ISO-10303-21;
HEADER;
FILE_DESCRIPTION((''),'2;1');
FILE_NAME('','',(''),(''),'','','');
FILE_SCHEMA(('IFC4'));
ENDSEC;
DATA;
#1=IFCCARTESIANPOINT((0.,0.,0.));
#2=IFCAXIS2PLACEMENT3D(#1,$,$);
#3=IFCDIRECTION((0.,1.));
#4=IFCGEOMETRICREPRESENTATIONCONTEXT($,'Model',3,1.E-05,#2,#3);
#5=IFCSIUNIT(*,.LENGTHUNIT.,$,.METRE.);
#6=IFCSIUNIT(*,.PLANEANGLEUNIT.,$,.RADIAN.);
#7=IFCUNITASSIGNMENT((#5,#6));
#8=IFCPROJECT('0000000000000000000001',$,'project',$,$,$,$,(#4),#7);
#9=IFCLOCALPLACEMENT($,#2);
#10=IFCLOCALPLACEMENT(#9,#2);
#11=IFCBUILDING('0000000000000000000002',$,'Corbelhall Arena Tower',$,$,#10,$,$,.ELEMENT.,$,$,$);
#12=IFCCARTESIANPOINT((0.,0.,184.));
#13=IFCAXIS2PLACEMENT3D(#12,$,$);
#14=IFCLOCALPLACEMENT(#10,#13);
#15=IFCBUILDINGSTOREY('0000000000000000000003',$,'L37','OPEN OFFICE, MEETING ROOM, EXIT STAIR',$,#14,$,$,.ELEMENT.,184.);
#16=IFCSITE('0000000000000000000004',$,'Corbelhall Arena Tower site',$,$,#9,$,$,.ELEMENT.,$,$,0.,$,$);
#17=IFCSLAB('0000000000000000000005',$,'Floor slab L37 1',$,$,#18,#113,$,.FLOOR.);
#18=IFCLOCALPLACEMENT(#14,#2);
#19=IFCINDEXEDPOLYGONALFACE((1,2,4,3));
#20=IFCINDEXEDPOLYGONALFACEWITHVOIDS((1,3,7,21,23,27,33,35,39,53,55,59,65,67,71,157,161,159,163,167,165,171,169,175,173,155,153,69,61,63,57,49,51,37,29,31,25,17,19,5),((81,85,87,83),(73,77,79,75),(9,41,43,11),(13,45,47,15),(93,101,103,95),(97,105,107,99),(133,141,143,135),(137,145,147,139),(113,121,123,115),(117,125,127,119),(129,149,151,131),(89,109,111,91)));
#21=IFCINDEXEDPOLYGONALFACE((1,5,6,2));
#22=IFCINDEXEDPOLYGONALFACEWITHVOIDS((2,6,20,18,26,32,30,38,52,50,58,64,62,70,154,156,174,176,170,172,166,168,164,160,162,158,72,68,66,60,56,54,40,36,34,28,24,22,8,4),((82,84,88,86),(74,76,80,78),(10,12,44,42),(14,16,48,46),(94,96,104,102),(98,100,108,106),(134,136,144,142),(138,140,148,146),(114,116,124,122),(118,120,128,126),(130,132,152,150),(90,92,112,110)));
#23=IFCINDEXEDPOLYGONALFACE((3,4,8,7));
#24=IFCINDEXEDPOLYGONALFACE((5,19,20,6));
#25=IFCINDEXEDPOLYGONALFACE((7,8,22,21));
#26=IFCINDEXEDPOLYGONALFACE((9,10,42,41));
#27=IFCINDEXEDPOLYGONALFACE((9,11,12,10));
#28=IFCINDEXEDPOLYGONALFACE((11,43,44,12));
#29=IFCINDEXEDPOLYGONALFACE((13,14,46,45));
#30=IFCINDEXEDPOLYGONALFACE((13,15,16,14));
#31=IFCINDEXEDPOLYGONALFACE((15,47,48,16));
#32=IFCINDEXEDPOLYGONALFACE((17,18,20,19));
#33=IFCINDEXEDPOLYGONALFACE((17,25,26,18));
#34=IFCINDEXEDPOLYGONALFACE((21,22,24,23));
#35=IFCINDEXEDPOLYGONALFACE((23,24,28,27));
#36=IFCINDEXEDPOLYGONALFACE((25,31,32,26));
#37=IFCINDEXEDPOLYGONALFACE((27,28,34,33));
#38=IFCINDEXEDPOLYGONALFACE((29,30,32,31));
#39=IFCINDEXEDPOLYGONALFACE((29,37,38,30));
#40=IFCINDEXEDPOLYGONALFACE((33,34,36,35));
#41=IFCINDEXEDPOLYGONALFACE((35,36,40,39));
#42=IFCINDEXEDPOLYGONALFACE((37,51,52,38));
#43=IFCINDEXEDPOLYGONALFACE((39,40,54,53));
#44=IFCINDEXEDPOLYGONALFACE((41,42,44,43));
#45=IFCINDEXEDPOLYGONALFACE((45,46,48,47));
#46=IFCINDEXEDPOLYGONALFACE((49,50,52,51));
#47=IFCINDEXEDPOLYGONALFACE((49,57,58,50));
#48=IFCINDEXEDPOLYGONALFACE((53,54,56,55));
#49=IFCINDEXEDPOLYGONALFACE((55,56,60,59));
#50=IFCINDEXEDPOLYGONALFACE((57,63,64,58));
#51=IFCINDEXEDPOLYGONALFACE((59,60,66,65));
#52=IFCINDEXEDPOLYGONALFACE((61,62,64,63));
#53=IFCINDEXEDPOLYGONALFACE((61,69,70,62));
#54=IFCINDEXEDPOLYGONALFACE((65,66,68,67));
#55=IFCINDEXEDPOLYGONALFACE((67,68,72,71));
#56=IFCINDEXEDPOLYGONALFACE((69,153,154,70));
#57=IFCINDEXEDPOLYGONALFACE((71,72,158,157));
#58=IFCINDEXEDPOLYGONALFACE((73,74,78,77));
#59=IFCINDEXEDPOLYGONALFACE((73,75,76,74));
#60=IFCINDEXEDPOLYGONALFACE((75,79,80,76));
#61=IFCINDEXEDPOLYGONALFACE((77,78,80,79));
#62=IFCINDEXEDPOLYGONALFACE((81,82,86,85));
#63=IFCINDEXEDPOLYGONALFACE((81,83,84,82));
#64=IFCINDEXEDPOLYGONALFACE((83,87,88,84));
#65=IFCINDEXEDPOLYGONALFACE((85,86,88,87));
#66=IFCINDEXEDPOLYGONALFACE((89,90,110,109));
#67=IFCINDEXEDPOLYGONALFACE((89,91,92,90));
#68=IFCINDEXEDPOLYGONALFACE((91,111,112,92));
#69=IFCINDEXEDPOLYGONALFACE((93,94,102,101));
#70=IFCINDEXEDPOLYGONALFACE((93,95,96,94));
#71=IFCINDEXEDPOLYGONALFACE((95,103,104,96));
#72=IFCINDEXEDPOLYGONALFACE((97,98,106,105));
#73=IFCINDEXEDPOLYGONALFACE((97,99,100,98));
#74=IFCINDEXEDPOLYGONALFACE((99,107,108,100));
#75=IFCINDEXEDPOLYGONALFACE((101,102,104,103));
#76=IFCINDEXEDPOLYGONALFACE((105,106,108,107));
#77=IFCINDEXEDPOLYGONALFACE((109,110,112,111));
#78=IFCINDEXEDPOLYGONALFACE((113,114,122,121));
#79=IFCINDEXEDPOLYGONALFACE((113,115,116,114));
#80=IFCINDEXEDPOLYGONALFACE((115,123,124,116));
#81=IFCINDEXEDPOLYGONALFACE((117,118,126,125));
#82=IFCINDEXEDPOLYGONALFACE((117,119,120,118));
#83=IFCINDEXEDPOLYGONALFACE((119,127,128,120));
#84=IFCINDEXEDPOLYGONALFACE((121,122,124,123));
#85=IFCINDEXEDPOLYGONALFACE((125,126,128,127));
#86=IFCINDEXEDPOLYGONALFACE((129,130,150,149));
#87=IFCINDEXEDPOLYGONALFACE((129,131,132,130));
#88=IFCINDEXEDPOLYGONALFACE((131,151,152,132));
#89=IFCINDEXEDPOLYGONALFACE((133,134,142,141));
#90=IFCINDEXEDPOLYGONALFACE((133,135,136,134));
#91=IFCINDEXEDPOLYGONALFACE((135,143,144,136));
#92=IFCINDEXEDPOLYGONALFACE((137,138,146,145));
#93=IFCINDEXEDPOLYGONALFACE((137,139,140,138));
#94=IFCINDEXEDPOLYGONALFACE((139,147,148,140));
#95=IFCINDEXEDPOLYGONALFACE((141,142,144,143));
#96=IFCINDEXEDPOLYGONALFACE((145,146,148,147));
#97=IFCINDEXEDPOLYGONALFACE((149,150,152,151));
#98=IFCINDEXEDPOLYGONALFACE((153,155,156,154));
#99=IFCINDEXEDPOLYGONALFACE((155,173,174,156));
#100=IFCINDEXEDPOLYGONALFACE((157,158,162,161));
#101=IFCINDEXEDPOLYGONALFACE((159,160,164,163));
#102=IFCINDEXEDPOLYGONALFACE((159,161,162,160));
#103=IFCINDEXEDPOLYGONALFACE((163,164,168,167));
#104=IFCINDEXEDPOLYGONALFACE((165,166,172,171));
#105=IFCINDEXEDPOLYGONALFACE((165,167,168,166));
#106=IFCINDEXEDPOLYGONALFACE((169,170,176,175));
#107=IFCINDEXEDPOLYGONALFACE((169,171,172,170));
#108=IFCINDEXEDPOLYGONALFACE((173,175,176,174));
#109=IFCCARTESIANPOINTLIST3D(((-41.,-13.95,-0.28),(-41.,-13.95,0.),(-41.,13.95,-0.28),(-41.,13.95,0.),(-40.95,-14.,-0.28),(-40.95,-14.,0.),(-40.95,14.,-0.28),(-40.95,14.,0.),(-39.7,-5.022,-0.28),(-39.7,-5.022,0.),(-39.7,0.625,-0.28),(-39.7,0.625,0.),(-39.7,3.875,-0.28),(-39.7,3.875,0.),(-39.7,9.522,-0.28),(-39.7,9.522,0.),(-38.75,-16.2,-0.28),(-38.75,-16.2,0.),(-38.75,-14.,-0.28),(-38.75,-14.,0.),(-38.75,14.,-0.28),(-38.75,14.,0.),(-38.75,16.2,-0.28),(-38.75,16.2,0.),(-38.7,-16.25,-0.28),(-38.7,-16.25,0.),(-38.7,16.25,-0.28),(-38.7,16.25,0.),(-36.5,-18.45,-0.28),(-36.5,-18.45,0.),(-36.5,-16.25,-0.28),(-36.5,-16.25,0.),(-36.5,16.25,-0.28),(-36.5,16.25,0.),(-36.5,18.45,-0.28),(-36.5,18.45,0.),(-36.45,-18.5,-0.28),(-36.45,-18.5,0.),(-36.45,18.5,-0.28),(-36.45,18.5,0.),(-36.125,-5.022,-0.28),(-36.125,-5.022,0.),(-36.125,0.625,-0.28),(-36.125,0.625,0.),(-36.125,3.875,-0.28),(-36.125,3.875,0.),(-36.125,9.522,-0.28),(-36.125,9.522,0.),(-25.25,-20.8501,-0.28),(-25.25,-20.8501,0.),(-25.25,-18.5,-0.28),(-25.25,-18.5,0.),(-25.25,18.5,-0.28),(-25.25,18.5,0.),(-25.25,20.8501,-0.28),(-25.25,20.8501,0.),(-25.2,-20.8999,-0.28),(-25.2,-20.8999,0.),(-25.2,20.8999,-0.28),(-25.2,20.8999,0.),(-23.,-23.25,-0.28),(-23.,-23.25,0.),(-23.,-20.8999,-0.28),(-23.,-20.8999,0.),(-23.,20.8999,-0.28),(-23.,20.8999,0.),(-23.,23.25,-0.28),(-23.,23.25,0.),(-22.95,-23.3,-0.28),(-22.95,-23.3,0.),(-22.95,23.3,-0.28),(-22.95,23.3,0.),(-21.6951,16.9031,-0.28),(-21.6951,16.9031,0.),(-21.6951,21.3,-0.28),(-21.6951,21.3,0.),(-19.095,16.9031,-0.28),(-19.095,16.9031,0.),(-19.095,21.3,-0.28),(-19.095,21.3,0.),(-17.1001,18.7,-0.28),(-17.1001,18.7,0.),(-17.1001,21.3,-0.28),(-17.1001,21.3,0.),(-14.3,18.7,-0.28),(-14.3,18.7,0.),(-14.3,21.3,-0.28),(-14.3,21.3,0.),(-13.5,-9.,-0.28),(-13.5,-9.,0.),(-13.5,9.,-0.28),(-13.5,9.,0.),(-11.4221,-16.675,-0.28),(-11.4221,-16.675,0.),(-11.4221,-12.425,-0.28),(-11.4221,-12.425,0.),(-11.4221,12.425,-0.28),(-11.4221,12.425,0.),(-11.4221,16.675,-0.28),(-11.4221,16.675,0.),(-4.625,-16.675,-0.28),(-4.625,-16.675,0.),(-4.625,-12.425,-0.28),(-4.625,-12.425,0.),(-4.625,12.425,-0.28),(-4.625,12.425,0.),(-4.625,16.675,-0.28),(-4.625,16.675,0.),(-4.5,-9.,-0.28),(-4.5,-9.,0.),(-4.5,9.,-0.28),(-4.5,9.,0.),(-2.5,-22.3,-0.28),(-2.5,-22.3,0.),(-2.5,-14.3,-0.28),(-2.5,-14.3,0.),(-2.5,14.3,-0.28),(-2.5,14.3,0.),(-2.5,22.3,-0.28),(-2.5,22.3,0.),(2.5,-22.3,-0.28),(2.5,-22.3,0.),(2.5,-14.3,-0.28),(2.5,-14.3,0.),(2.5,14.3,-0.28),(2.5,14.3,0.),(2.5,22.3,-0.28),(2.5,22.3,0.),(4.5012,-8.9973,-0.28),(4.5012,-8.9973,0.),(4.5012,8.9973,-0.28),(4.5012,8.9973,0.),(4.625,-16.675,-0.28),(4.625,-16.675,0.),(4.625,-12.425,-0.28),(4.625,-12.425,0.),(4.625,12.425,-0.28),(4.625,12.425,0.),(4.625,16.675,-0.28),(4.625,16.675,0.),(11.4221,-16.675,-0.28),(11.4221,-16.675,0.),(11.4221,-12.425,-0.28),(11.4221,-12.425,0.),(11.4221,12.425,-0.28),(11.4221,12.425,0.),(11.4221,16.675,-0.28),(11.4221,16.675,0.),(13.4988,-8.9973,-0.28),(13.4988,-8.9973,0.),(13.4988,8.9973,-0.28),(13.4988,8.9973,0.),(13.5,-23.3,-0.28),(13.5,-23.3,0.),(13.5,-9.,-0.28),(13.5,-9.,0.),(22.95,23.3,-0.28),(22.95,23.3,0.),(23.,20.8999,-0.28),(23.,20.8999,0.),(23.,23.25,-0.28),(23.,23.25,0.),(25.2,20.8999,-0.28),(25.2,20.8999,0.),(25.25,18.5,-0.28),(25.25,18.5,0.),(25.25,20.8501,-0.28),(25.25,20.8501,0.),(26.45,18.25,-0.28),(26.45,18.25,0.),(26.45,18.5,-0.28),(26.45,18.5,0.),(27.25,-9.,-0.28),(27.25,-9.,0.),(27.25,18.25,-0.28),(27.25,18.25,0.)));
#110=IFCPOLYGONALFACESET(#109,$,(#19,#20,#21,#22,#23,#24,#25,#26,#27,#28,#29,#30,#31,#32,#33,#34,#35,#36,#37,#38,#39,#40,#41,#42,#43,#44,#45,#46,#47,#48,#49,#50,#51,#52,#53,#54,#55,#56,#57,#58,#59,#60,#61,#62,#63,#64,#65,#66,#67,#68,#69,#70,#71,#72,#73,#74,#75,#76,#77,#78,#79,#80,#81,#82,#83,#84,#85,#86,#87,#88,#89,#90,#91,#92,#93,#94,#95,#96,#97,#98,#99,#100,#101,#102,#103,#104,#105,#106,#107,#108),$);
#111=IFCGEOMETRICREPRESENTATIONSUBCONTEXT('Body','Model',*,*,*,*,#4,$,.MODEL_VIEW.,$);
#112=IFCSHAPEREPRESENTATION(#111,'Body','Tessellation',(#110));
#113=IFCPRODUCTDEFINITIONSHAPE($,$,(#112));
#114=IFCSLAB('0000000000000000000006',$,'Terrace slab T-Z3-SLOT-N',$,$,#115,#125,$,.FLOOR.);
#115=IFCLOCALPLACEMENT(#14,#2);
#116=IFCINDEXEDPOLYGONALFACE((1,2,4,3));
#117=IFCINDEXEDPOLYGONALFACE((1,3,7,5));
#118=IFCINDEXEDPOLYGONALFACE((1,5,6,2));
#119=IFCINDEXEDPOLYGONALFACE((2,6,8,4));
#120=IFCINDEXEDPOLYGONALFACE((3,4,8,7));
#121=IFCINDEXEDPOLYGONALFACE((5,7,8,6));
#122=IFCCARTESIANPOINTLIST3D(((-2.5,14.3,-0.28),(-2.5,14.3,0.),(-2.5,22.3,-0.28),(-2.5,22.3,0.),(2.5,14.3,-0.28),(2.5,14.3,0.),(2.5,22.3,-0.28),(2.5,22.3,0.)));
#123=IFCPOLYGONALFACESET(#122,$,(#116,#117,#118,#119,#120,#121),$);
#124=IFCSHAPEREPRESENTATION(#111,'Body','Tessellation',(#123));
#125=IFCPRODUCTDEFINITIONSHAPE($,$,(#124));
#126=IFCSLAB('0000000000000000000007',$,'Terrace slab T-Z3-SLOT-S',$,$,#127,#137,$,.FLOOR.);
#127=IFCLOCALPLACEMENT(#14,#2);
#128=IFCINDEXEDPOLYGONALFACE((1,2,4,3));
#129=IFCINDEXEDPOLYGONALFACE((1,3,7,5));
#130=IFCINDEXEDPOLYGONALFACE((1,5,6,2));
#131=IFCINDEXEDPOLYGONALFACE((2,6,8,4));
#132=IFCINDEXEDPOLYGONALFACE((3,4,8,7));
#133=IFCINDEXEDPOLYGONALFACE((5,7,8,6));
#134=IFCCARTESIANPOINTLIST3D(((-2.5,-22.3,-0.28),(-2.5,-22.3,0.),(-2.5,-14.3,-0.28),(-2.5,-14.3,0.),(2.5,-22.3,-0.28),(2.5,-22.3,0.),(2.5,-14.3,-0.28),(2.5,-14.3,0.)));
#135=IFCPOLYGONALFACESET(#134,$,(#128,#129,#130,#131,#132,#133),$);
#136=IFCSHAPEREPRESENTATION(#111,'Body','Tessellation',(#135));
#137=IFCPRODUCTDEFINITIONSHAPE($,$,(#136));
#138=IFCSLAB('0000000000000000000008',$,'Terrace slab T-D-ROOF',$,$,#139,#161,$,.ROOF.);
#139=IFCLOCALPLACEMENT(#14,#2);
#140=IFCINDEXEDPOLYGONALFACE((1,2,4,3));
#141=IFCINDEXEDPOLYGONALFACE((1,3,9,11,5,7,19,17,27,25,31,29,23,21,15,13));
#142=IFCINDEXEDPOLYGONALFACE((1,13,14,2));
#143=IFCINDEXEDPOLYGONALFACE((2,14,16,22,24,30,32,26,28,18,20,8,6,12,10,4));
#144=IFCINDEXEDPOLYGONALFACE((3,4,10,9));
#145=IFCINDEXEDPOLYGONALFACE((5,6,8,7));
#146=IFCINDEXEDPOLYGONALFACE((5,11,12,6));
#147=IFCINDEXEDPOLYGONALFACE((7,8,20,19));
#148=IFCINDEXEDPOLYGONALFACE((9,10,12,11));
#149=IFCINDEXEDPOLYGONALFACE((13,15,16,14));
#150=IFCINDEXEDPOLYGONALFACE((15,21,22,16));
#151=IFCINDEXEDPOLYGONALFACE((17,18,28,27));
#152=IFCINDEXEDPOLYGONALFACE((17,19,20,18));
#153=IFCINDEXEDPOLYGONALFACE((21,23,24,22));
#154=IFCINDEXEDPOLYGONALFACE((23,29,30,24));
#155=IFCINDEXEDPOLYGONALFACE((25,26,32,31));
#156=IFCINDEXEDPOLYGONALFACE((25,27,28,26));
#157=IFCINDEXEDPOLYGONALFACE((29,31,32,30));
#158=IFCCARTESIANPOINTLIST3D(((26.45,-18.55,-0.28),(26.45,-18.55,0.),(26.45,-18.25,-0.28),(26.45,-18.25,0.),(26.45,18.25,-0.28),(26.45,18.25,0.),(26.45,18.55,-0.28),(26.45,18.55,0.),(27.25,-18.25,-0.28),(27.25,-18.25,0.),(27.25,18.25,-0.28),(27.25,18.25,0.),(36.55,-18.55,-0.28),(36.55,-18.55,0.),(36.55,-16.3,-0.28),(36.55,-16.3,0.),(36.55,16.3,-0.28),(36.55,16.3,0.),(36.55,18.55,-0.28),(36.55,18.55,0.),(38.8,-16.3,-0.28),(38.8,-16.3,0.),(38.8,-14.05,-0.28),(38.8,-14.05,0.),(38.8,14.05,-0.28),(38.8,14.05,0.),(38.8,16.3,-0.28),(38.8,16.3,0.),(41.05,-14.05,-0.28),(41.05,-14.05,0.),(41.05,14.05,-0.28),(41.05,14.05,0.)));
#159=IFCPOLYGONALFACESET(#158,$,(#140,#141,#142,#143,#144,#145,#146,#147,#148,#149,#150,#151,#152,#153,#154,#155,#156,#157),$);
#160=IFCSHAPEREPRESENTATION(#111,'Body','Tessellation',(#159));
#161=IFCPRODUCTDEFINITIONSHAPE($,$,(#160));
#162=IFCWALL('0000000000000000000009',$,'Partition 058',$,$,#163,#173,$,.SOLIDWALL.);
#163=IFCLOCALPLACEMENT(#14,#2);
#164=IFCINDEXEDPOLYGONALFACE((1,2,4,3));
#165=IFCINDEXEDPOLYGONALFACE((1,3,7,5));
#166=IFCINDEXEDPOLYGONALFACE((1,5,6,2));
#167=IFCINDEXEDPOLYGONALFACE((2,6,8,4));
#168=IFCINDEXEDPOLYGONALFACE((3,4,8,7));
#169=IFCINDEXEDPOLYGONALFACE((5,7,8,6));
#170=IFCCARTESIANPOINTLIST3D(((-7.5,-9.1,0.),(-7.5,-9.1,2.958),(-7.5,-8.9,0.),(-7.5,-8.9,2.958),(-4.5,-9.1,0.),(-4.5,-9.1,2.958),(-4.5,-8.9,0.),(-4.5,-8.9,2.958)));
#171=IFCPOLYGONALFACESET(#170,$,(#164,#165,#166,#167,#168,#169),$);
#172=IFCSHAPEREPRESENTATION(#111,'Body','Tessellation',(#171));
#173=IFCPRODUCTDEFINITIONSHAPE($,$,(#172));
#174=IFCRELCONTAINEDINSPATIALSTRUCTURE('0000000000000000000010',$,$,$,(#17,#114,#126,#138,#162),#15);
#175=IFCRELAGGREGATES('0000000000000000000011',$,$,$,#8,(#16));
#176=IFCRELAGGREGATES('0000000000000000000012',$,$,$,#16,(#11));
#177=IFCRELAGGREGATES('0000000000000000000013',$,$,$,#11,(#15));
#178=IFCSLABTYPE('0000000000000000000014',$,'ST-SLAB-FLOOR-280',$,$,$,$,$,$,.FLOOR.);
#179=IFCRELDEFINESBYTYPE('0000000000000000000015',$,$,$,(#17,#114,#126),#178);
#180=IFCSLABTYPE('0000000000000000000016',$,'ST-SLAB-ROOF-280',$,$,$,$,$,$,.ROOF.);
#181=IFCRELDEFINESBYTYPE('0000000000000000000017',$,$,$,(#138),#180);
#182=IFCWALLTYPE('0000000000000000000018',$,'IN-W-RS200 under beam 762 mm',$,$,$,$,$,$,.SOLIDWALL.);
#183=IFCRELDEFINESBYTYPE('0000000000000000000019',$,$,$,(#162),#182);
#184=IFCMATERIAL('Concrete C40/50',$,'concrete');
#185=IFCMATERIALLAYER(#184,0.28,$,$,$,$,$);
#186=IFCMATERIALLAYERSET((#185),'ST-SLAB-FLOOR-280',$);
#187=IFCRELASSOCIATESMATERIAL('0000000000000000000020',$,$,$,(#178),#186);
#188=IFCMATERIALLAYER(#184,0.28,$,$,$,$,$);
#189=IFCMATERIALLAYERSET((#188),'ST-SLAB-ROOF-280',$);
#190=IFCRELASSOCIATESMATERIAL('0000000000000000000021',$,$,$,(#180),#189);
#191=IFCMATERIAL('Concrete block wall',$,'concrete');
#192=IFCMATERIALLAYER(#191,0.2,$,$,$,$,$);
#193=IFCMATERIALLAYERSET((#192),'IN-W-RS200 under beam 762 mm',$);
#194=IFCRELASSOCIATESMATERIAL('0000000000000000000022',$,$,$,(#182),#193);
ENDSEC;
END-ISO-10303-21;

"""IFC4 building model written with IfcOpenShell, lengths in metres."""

from ifc_helpers import new_model, si_unit, direction, frame, frame_2d, origin, place, context, subcontext, project, spatial, polyline, rectangle, outline, extrude, material, layer, layer_set, type_object, element, save


model = new_model("IFC4")

# Units and contexts
model_context = context("Model", 3, precision=1e-05, world=origin(), true_north=direction((0.0, 1.0)))
body_context = subcontext(model_context, "Body", "Model", "MODEL_VIEW")
ifc_project = project(units=[si_unit("LENGTHUNIT", "METRE"), si_unit("PLANEANGLEUNIT", "RADIAN")], contexts=[model_context])

# Site, building, storey
site_placement = place(None, origin())
site = spatial("IfcSite", under=ifc_project, at=site_placement, Name="Corbelhall Arena Tower site", CompositionType="ELEMENT", RefElevation=0.0)
building_placement = place(site_placement, origin())
building = spatial("IfcBuilding", under=site, at=building_placement, Name="Corbelhall Arena Tower", CompositionType="ELEMENT")
storey_placement = place(building_placement, frame((0.0, 0.0, 184.0)))
storey = spatial("IfcBuildingStorey", under=building, at=storey_placement, Name="L37", Description="OPEN OFFICE, MEETING ROOM, EXIT STAIR", CompositionType="ELEMENT", Elevation=184.0)

# Shared definitions
ifc_material_1 = material(Name="Concrete C40/50", Category="concrete")

# Slabs
ifc_layer_1 = layer(ifc_material_1, 0.28)
ifc_layer_set_1 = layer_set([ifc_layer_1], Name="ST-SLAB-FLOOR-280")
slab_type_1 = type_object("IfcSlabType", Name="ST-SLAB-FLOOR-280", PredefinedType="FLOOR", material=ifc_layer_set_1)
slab_1_placement = place(storey_placement, frame((0.0, 0.0, -0.28)))
element("IfcSlab", 1, at=slab_1_placement, inside=storey, type_object=slab_type_1, Name="Floor slab L37 1", PredefinedType="FLOOR", context=body_context, shape_type="SweptSolid", body=[
    extrude(outline(polyline([(-22.95, -23.3), (13.5, -23.3), (13.5, -9.0), (27.25, -9.0), (27.25, 18.25), (26.45, 18.25), (26.45, 18.5), (25.25, 18.5), (25.25, 20.8501), (25.2, 20.8999), (23.0, 20.8999), (23.0, 23.25), (22.95, 23.3), (-22.95, 23.3), (-23.0, 23.25), (-23.0, 20.8999), (-25.2, 20.8999), (-25.25, 20.8501), (-25.25, 18.5), (-36.45, 18.5), (-36.5, 18.45), (-36.5, 16.25), (-38.7, 16.25), (-38.75, 16.2), (-38.75, 14.0), (-40.95, 14.0), (-41.0, 13.95), (-41.0, -13.95), (-40.95, -14.0), (-38.75, -14.0), (-38.75, -16.2), (-38.7, -16.25), (-36.5, -16.25), (-36.5, -18.45), (-36.45, -18.5), (-25.25, -18.5), (-25.25, -20.8501), (-25.2, -20.8999), (-23.0, -20.8999), (-23.0, -23.25), (-22.95, -23.3)]), holes=[polyline([(13.4988, 8.9973), (4.5012, 8.9973), (4.5012, -8.9973), (13.4988, -8.9973), (13.4988, 8.9973)]), polyline([(-2.5, -22.3), (2.5, -22.3), (2.5, -14.3), (-2.5, -14.3), (-2.5, -22.3)]), polyline([(2.5, 14.3), (2.5, 22.3), (-2.5, 22.3), (-2.5, 14.3), (2.5, 14.3)]), polyline([(-4.5, -9.0), (-4.5, 9.0), (-13.5, 9.0), (-13.5, -9.0), (-4.5, -9.0)]), polyline([(-11.4221, 12.425), (-4.625, 12.425), (-4.625, 16.675), (-11.4221, 16.675), (-11.4221, 12.425)]), polyline([(-11.4221, -12.425), (-11.4221, -16.675), (-4.625, -16.675), (-4.625, -12.425), (-11.4221, -12.425)]), polyline([(4.625, 12.425), (11.4221, 12.425), (11.4221, 16.675), (4.625, 16.675), (4.625, 12.425)]), polyline([(4.625, -12.425), (4.625, -16.675), (11.4221, -16.675), (11.4221, -12.425), (4.625, -12.425)]), polyline([(-39.7, 9.522), (-39.7, 3.875), (-36.125, 3.875), (-36.125, 9.522), (-39.7, 9.522)]), polyline([(-39.7, -5.022), (-36.125, -5.022), (-36.125, 0.625), (-39.7, 0.625), (-39.7, -5.022)]), polyline([(-21.6951, 21.3), (-21.6951, 16.9031), (-19.095, 16.9031), (-19.095, 21.3), (-21.6951, 21.3)]), polyline([(-14.3, 21.3), (-17.1001, 21.3), (-17.1001, 18.7), (-14.3, 18.7), (-14.3, 21.3)])]), origin(), (0.0, 0.0, 1.0), 0.28),
])
slab_2_placement = place(storey_placement, frame((0.0, 0.0, -0.28)))
element("IfcSlab", 2, at=slab_2_placement, inside=storey, type_object=slab_type_1, Name="Terrace slab T-Z3-SLOT-N", PredefinedType="FLOOR", context=body_context, shape_type="SweptSolid", body=[
    extrude(outline(polyline([(2.5, 14.3), (2.5, 22.3), (-2.5, 22.3), (-2.5, 14.3), (2.5, 14.3)])), origin(), (0.0, 0.0, 1.0), 0.28),
])
slab_3_placement = place(storey_placement, frame((0.0, 0.0, -0.28)))
element("IfcSlab", 3, at=slab_3_placement, inside=storey, type_object=slab_type_1, Name="Terrace slab T-Z3-SLOT-S", PredefinedType="FLOOR", context=body_context, shape_type="SweptSolid", body=[
    extrude(outline(polyline([(2.5, -22.3), (2.5, -14.3), (-2.5, -14.3), (-2.5, -22.3), (2.5, -22.3)])), origin(), (0.0, 0.0, 1.0), 0.28),
])
ifc_layer_2 = layer(ifc_material_1, 0.28)
ifc_layer_set_2 = layer_set([ifc_layer_2], Name="ST-SLAB-ROOF-280")
slab_type_2 = type_object("IfcSlabType", Name="ST-SLAB-ROOF-280", PredefinedType="ROOF", material=ifc_layer_set_2)
slab_4_placement = place(storey_placement, frame((0.0, 0.0, -0.28)))
element("IfcSlab", 4, at=slab_4_placement, inside=storey, type_object=slab_type_2, Name="Terrace slab T-D-ROOF", PredefinedType="ROOF", context=body_context, shape_type="SweptSolid", body=[
    extrude(outline(polyline([(26.45, -18.25), (26.45, -18.55), (36.55, -18.55), (36.55, -16.3), (38.8, -16.3), (38.8, -14.05), (41.05, -14.05), (41.05, 14.05), (38.8, 14.05), (38.8, 16.3), (36.55, 16.3), (36.55, 18.55), (26.45, 18.55), (26.45, 18.25), (27.25, 18.25), (27.25, -18.25), (26.45, -18.25)])), origin(), (0.0, 0.0, 1.0), 0.28),
])

# Wall
ifc_material_2 = material(Name="Concrete block wall", Category="concrete")
ifc_layer_3 = layer(ifc_material_2, 0.2)
ifc_layer_set_3 = layer_set([ifc_layer_3], Name="IN-W-RS200 under beam 762 mm")
wall_type_1 = type_object("IfcWallType", Name="IN-W-RS200 under beam 762 mm", PredefinedType="SOLIDWALL", material=ifc_layer_set_3)
wall_1_placement = place(storey_placement, frame((-4.5, -9.0, 0.0), z_axis=(0.0, 0.0, 1.0), x_axis=(-1.0, 0.0, 0.0)))
element("IfcWall", 5, at=wall_1_placement, inside=storey, type_object=wall_type_1, Name="Partition 058", PredefinedType="SOLIDWALL", context=body_context, shape_type="SweptSolid", body=[
    extrude(rectangle(XDim=3.0, YDim=0.2, at=frame_2d((1.5, 0.0))), origin(), (0.0, 0.0, 1.0), 2.958),
])

save(model, "model.ifc")
